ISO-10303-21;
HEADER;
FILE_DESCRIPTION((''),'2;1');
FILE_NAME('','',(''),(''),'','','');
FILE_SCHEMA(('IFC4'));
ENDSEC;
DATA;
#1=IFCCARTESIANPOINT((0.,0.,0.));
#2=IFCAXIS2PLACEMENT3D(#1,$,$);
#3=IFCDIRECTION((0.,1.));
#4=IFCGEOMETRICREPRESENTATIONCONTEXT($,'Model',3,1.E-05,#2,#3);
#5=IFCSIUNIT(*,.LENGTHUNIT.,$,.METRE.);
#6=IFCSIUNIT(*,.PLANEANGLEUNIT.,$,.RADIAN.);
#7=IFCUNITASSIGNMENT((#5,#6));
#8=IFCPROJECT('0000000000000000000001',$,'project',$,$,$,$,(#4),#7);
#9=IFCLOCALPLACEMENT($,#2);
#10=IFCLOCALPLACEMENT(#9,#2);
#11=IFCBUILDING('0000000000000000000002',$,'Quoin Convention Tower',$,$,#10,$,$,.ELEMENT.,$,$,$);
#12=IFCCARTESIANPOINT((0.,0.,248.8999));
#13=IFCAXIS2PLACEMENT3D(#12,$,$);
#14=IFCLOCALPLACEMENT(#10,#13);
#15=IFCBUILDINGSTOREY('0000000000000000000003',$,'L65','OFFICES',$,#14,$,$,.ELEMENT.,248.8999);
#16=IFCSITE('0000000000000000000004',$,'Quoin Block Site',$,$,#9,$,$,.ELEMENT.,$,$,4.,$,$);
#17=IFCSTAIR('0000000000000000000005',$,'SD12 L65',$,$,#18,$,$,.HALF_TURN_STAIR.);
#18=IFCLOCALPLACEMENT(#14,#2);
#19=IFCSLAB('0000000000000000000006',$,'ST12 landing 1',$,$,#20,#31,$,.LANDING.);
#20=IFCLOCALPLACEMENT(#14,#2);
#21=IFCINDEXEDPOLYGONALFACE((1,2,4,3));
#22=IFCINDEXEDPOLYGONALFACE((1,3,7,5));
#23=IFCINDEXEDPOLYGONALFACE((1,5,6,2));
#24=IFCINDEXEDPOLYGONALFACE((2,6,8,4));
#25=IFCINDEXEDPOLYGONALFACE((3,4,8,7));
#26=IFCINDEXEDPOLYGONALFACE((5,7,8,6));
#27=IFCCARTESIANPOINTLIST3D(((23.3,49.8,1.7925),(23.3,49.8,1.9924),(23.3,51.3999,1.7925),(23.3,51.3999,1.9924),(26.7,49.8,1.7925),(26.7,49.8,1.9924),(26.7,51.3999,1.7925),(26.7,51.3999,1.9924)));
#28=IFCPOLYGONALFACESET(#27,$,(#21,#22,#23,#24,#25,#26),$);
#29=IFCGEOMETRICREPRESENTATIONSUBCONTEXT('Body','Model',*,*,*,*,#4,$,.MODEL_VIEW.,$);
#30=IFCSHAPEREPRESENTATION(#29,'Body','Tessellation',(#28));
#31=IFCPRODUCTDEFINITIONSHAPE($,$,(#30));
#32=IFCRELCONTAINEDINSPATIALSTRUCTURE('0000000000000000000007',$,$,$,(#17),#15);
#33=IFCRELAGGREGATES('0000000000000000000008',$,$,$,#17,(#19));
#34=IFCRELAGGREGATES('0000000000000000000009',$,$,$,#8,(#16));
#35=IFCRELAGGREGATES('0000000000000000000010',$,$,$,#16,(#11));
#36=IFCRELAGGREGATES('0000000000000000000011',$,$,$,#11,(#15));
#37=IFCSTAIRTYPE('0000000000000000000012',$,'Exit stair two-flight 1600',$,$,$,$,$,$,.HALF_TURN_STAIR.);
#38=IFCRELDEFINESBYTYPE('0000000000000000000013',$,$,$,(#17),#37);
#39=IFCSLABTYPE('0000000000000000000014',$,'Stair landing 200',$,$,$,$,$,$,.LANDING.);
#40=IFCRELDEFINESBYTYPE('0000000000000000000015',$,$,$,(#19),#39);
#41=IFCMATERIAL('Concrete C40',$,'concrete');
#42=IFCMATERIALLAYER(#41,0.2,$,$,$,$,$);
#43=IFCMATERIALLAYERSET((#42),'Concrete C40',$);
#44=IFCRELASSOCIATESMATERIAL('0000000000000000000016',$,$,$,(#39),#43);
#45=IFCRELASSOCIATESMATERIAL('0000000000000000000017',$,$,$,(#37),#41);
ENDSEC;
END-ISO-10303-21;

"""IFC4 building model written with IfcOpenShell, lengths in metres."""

from ifc_helpers import new_model, si_unit, direction, frame, origin, place, context, subcontext, project, spatial, polyline, outline, extrude, material, layer, layer_set, type_object, element, aggregate, save


model = new_model("IFC4")

# Units and contexts
model_context = context("Model", 3, precision=1e-05, world=origin(), true_north=direction((0.0, 1.0)))
body_context = subcontext(model_context, "Body", "Model", "MODEL_VIEW")
ifc_project = project(units=[si_unit("LENGTHUNIT", "METRE"), si_unit("PLANEANGLEUNIT", "RADIAN")], contexts=[model_context])

# Site, building, storey
site_placement = place(None, origin())
site = spatial("IfcSite", under=ifc_project, at=site_placement, Name="Quoin Block Site", CompositionType="ELEMENT", RefElevation=4.0)
building_placement = place(site_placement, origin())
building = spatial("IfcBuilding", under=site, at=building_placement, Name="Quoin Convention Tower", CompositionType="ELEMENT")
storey_placement = place(building_placement, frame((0.0, 0.0, 248.8999)))
storey = spatial("IfcBuildingStorey", under=building, at=storey_placement, Name="L65", Description="OFFICES", CompositionType="ELEMENT", Elevation=248.8999)

# Shared definitions
ifc_material_1 = material(Name="Concrete C40", Category="concrete")

# Stair, slab
ifc_layer_1 = layer(ifc_material_1, 0.2)
ifc_layer_set_1 = layer_set([ifc_layer_1], Name="Concrete C40")
slab_type_1 = type_object("IfcSlabType", Name="Stair landing 200", PredefinedType="LANDING", material=ifc_layer_set_1)
stair_type_1 = type_object("IfcStairType", Name="Exit stair two-flight 1600", PredefinedType="HALF_TURN_STAIR", material=ifc_material_1)
stair_1_placement = place(storey_placement, origin())
stair_1 = element("IfcStair", 1, at=stair_1_placement, inside=storey, type_object=stair_type_1, Name="SD12 L65", PredefinedType="HALF_TURN_STAIR")
slab_1_placement = place(storey_placement, frame((0.0, 0.0, 1.7925)))
slab_1 = element("IfcSlab", 2, at=slab_1_placement, type_object=slab_type_1, Name="ST12 landing 1", PredefinedType="LANDING", context=body_context, shape_type="SweptSolid", body=[
    extrude(outline(polyline([(26.7, 51.3999), (23.3, 51.3999), (23.3, 49.8), (26.7, 49.8), (26.7, 51.3999)])), origin(), (0.0, 0.0, 1.0), 0.2),
])
aggregate(stair_1, [slab_1])

save(model, "model.ifc")
